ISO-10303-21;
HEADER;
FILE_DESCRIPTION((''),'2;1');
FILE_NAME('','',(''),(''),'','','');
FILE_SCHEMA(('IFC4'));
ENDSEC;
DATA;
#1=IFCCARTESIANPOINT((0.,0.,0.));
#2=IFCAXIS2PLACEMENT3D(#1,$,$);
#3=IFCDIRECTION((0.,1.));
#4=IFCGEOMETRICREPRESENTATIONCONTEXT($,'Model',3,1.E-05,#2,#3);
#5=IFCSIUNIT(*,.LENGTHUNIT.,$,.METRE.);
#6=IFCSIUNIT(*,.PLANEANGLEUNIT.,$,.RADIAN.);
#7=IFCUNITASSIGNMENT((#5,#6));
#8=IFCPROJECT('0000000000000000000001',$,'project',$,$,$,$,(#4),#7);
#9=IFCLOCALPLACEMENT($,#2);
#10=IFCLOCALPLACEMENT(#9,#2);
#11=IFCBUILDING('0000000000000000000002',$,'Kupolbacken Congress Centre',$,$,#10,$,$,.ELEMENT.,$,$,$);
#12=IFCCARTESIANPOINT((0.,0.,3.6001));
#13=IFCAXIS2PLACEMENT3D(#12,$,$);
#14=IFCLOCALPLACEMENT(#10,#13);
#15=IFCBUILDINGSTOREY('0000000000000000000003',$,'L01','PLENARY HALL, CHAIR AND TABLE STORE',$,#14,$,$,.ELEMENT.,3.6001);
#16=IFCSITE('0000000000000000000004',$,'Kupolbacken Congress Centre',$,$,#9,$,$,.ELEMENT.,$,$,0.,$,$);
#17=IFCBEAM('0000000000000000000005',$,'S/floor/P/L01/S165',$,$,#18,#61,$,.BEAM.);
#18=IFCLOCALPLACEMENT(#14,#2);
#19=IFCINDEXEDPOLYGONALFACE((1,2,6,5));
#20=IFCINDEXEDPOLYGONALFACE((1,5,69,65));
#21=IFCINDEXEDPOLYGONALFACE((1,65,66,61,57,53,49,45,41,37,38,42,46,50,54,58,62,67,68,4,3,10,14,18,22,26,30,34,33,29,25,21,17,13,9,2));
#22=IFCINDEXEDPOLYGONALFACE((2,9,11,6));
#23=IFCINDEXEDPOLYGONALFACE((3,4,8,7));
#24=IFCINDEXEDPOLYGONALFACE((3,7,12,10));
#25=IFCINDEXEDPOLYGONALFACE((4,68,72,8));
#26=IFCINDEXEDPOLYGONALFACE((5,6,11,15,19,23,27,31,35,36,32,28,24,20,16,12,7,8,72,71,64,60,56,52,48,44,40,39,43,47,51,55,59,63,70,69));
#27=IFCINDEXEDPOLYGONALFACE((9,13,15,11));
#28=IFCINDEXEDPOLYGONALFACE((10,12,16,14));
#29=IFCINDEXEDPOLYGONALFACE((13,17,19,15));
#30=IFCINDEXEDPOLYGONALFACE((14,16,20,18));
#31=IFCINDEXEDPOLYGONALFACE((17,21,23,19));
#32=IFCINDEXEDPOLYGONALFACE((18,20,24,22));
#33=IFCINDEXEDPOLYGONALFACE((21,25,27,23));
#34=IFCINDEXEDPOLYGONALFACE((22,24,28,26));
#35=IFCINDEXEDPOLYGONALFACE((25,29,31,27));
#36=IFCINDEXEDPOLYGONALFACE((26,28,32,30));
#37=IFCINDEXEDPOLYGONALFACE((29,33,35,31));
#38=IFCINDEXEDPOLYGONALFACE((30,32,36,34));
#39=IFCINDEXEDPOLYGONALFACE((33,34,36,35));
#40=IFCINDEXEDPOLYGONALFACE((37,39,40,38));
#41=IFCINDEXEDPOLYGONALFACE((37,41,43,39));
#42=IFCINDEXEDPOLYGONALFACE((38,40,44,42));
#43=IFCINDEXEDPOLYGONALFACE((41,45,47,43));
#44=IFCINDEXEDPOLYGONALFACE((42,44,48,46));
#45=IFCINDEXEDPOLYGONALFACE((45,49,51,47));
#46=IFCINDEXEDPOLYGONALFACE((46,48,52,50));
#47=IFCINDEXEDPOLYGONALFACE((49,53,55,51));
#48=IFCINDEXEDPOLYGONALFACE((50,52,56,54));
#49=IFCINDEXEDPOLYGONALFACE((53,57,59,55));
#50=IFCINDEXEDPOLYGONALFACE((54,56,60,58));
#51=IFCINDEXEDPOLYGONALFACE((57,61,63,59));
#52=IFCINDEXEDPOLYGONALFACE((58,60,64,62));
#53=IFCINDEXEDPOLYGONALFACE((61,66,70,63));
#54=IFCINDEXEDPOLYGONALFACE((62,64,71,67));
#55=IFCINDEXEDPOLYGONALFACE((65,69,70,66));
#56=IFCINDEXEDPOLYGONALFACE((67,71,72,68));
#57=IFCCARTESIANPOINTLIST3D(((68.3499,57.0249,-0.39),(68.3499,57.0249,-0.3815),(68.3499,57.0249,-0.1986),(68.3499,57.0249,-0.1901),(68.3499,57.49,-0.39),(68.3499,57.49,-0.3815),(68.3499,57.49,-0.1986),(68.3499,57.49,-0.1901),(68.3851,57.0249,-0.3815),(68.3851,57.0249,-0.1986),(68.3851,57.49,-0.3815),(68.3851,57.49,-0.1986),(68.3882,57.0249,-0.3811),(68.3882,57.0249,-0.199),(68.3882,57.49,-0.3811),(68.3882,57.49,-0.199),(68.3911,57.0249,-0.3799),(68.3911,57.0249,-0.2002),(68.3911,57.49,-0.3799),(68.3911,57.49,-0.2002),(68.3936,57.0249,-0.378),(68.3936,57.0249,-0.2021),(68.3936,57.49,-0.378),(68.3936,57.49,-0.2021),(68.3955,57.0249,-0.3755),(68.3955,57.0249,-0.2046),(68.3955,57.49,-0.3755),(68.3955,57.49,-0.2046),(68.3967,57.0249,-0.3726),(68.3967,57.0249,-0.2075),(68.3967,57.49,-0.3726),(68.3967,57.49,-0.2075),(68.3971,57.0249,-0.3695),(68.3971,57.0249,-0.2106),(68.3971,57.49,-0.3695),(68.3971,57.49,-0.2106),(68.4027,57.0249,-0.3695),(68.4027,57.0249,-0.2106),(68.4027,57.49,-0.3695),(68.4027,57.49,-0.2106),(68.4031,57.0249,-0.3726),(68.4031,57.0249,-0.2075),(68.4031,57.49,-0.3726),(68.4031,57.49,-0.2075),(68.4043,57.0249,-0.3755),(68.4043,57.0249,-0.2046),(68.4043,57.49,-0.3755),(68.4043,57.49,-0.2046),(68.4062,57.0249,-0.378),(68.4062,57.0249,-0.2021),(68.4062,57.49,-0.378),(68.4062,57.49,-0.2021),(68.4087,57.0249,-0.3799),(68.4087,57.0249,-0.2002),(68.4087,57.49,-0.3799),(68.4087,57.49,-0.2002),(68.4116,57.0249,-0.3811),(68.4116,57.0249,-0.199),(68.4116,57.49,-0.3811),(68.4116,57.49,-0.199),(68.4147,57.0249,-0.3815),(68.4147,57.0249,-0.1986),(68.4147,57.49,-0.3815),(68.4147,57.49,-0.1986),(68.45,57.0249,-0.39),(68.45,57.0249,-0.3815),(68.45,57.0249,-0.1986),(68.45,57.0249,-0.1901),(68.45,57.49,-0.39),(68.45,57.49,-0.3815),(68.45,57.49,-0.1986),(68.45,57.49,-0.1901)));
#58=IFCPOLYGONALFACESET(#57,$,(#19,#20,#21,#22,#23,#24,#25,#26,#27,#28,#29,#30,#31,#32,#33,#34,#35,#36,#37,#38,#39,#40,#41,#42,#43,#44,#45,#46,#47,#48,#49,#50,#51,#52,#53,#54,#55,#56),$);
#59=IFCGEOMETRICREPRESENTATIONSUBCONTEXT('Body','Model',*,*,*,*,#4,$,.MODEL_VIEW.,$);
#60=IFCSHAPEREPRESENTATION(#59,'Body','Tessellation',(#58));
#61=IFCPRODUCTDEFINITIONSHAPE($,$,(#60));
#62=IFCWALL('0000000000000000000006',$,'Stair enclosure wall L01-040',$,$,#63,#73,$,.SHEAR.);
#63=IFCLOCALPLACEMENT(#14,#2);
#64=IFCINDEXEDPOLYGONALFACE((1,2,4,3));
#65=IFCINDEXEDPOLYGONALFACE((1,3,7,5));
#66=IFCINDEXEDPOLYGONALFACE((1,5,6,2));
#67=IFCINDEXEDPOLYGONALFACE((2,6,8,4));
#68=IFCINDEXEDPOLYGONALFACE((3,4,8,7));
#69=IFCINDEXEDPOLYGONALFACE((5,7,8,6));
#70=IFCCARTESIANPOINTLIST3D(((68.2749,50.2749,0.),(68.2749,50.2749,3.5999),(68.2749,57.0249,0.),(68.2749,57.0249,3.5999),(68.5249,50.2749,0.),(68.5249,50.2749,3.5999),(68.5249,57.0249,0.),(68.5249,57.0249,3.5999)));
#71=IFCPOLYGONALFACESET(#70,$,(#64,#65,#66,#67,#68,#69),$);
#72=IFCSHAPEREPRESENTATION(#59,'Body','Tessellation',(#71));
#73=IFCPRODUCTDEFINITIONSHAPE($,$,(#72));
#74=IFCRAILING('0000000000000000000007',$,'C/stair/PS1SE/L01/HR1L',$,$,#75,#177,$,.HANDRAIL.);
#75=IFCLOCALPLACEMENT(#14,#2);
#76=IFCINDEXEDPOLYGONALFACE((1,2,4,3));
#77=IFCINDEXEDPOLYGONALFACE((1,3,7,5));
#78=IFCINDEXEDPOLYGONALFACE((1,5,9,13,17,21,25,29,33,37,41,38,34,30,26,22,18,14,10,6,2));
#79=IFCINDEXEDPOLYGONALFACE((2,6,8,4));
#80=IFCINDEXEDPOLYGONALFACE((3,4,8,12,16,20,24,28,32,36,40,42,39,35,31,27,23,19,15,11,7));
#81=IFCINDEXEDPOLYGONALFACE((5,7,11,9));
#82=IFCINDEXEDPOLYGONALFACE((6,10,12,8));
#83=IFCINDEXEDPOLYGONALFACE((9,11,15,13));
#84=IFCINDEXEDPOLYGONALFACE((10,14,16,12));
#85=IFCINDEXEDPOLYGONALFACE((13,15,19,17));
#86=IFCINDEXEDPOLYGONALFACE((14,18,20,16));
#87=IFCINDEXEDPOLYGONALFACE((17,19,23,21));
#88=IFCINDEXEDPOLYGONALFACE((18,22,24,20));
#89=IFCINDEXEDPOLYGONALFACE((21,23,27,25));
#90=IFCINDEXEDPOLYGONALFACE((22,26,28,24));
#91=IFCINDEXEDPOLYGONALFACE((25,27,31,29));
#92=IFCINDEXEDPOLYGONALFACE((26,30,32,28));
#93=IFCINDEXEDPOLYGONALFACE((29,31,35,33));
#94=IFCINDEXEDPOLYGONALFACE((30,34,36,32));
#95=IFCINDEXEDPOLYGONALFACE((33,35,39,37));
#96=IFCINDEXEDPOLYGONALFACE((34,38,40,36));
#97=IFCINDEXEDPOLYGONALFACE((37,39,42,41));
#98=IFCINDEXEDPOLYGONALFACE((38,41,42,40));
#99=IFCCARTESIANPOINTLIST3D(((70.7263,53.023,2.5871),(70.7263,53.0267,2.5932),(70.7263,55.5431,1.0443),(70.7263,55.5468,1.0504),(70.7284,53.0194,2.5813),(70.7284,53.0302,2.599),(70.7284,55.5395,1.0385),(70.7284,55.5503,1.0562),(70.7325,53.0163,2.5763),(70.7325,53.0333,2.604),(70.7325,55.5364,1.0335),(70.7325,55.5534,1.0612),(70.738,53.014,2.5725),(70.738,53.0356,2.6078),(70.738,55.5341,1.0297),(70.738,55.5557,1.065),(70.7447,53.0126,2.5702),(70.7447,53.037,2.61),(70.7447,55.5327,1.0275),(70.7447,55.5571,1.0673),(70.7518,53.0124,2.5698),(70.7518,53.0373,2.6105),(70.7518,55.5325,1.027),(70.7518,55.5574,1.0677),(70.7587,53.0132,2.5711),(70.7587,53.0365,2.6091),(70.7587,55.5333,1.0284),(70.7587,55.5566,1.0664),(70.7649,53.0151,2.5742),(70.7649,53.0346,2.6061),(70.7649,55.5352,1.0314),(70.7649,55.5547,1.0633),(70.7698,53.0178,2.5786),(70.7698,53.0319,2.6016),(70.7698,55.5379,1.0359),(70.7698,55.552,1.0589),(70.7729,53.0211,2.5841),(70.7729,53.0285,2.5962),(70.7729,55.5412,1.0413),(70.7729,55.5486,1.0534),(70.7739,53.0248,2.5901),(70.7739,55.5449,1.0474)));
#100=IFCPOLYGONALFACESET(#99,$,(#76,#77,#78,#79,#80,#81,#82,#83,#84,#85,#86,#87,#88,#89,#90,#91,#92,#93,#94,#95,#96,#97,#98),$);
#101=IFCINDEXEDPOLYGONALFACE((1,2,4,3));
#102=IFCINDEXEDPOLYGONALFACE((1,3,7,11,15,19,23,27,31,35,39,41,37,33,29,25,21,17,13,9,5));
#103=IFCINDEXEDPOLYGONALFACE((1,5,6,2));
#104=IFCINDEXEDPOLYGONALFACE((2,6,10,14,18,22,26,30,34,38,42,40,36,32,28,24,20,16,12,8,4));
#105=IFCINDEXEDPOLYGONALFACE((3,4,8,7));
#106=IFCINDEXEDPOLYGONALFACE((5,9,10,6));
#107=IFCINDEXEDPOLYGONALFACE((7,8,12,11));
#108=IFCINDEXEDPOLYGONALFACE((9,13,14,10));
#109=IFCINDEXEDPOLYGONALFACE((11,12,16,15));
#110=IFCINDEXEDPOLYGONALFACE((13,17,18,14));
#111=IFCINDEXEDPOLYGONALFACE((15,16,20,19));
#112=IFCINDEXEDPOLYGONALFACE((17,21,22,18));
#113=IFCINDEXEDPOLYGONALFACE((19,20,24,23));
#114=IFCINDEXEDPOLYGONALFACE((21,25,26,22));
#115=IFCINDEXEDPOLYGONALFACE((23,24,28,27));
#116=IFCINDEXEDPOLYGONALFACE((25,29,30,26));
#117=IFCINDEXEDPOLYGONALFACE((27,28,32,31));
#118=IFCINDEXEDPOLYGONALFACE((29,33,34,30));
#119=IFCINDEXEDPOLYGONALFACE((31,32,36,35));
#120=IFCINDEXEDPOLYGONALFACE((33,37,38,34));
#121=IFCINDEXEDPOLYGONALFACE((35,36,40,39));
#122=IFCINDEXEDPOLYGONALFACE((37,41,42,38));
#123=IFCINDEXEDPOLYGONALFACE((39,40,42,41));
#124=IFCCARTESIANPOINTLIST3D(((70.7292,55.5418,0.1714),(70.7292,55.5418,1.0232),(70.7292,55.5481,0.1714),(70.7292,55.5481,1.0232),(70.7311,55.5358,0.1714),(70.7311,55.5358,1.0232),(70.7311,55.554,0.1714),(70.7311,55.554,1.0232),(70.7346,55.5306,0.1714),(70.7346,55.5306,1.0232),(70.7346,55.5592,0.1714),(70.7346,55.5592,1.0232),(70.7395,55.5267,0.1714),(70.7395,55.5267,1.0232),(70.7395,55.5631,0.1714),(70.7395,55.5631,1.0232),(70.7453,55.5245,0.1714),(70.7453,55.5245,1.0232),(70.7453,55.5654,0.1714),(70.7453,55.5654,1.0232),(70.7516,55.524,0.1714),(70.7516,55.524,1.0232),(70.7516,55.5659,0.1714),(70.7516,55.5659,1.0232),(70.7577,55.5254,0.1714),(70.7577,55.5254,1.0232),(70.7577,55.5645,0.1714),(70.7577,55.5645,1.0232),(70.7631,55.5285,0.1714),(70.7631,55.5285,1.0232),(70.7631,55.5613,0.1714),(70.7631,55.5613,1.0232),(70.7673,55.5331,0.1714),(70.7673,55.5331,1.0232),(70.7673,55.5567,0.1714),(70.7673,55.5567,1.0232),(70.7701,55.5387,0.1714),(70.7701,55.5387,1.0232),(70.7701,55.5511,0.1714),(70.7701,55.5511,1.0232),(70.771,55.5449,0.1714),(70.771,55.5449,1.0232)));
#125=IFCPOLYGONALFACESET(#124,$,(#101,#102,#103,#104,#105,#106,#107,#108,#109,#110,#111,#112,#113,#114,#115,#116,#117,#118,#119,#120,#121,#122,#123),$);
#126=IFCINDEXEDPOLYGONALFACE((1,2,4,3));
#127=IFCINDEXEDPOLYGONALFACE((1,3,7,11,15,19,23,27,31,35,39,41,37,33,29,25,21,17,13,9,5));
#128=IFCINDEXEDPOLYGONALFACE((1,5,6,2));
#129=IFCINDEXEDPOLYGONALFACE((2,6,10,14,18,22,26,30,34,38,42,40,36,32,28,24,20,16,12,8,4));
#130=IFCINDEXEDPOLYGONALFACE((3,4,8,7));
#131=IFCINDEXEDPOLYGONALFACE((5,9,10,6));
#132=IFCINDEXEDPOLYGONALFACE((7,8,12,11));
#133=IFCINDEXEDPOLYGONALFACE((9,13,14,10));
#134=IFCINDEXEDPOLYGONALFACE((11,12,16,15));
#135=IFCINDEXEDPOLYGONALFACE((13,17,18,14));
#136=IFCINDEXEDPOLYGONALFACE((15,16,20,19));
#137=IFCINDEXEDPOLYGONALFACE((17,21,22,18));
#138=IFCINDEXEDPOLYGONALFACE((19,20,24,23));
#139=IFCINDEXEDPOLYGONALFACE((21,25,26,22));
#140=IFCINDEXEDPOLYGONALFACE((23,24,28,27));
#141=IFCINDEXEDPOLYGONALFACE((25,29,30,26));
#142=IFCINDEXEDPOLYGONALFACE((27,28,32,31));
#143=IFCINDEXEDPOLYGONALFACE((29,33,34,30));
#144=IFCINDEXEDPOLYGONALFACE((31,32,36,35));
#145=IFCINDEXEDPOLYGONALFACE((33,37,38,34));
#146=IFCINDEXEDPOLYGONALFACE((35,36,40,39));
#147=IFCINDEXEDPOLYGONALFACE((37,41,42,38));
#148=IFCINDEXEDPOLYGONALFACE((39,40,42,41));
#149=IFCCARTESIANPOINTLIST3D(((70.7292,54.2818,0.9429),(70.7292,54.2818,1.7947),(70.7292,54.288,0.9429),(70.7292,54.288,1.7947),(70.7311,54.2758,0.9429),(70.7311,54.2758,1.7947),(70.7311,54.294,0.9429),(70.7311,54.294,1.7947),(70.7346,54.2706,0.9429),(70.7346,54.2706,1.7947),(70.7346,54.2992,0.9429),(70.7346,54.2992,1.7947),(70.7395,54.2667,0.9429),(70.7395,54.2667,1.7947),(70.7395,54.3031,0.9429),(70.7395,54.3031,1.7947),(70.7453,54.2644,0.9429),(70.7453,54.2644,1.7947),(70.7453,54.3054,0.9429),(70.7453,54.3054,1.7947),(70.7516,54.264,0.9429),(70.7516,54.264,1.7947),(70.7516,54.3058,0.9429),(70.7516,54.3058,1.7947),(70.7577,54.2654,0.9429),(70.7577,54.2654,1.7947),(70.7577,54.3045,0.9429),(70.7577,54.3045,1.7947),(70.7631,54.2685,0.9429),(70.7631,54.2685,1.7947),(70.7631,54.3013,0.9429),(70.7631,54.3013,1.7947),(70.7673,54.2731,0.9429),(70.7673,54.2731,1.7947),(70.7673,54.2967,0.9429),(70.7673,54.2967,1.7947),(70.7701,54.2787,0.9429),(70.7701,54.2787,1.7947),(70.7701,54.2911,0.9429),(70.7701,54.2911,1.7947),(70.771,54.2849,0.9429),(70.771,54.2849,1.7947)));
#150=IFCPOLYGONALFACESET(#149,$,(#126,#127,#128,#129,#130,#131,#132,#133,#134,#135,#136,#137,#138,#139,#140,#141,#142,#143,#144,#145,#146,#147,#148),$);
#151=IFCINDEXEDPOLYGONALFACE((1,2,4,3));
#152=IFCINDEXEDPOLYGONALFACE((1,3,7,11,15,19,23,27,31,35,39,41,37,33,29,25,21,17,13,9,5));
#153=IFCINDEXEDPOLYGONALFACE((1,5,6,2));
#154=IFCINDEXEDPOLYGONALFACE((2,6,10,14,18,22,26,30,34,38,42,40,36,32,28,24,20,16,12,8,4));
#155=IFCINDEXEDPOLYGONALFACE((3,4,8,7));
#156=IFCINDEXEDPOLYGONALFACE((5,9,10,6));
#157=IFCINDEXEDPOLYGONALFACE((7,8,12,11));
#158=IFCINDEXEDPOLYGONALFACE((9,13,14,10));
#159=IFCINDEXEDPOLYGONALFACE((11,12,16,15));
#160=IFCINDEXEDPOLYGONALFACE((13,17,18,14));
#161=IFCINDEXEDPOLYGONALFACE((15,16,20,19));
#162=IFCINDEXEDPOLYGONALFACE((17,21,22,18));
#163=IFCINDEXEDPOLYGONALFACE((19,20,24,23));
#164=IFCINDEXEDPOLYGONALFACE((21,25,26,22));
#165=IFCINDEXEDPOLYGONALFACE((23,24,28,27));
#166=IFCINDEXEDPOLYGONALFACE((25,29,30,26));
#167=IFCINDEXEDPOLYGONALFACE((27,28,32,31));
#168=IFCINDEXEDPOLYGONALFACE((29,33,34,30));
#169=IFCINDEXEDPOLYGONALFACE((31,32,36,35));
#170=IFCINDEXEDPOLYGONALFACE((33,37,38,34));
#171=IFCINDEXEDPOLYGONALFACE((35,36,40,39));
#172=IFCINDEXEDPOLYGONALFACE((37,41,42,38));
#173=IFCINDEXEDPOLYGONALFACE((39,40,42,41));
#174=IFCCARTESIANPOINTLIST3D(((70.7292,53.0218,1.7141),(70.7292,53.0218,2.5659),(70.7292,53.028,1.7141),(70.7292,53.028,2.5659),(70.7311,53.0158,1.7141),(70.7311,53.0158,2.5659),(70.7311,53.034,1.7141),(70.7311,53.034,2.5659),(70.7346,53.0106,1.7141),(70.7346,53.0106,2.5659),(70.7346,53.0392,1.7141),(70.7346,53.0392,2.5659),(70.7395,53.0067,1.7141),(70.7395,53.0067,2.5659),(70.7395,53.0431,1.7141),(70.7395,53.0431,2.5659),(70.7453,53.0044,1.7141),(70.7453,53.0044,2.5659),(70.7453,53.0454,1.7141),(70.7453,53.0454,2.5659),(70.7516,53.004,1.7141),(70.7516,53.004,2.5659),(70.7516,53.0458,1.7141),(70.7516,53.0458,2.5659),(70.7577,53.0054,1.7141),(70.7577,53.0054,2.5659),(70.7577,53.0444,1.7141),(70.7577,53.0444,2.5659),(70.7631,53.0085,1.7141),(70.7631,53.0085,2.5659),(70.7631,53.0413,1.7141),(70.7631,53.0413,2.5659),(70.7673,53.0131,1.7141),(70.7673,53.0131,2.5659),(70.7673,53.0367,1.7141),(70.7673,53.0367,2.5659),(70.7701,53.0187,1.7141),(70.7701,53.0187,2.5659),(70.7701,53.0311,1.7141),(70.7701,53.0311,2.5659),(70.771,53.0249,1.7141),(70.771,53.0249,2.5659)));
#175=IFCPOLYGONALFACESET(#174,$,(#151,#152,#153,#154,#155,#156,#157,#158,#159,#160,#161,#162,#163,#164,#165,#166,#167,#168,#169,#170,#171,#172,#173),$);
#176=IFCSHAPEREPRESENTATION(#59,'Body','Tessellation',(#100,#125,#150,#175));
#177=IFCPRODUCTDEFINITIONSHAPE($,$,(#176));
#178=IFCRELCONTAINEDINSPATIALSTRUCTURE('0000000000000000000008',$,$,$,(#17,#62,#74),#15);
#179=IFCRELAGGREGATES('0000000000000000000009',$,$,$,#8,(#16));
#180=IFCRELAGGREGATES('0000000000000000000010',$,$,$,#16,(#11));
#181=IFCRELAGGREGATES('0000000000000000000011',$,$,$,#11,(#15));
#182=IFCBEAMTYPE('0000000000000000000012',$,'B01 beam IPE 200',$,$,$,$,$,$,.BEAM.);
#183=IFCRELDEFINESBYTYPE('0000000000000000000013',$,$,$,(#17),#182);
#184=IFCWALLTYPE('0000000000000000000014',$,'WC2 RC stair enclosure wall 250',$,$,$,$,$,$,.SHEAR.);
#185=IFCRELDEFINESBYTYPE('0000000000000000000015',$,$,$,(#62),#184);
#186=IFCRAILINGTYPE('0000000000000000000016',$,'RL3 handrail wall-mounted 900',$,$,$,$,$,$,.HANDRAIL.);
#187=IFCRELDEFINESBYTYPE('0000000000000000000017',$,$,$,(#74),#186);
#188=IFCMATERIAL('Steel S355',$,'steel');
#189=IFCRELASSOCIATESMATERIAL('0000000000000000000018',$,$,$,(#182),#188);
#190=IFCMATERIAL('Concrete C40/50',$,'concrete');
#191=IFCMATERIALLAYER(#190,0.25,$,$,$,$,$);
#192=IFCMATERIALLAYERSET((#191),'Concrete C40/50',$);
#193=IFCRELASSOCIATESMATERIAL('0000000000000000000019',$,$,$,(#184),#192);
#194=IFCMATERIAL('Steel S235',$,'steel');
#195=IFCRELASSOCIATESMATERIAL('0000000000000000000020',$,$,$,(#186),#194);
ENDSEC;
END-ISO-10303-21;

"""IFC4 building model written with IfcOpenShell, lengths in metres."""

from ifc_helpers import new_model, si_unit, direction, frame, frame_2d, origin, origin_2d, place, context, subcontext, project, spatial, rectangle, circle, i_section, extrude, material, layer, layer_set, material_profile, profile_set, type_object, element, save


model = new_model("IFC4")

# Units and contexts
model_context = context("Model", 3, precision=1e-05, world=origin(), true_north=direction((0.0, 1.0)))
body_context = subcontext(model_context, "Body", "Model", "MODEL_VIEW")
ifc_project = project(units=[si_unit("LENGTHUNIT", "METRE"), si_unit("PLANEANGLEUNIT", "RADIAN")], contexts=[model_context])

# Site, building, storey
site_placement = place(None, origin())
site = spatial("IfcSite", under=ifc_project, at=site_placement, Name="Kupolbacken Congress Centre", CompositionType="ELEMENT", RefElevation=0.0)
building_placement = place(site_placement, origin())
building = spatial("IfcBuilding", under=site, at=building_placement, Name="Kupolbacken Congress Centre", CompositionType="ELEMENT")
storey_placement = place(building_placement, frame((0.0, 0.0, 3.6001)))
storey = spatial("IfcBuildingStorey", under=building, at=storey_placement, Name="L01", Description="PLENARY HALL, CHAIR AND TABLE STORE", CompositionType="ELEMENT", Elevation=3.6001)

# Beam
ifc_material_1 = material(Name="Steel S355", Category="steel")
ifc_material_profile = material_profile(ifc_material_1, i_section(OverallWidth=0.1001, OverallDepth=0.2, WebThickness=0.0056, FlangeThickness=0.0085, FilletRadius=0.012, at=origin_2d()), Name="IPE 200")
ifc_profile_set = profile_set([ifc_material_profile], Name="Steel S355")
beam_type = type_object("IfcBeamType", Name="B01 beam IPE 200", PredefinedType="BEAM", material=ifc_profile_set)
beam_placement = place(storey_placement, frame((68.3999, 57.0249, -0.29), z_axis=(0.0, 1.0, 0.0), x_axis=(-1.0, 0.0, 0.0)))
element("IfcBeam", 1, at=beam_placement, inside=storey, type_object=beam_type, Name="S/floor/P/L01/S165", PredefinedType="BEAM", context=body_context, shape_type="SweptSolid", body=[
    extrude(i_section(OverallWidth=0.1001, OverallDepth=0.2, WebThickness=0.0056, FlangeThickness=0.0085, FilletRadius=0.012, at=origin_2d()), origin(), (0.0, 0.0, 1.0), 0.4651),
])

# Shared definitions
ifc_material_2 = material(Name="Concrete C40/50", Category="concrete")
ifc_layer = layer(ifc_material_2, 0.25)
ifc_layer_set = layer_set([ifc_layer], Name="Concrete C40/50")
wall_type = type_object("IfcWallType", Name="WC2 RC stair enclosure wall 250", PredefinedType="SHEAR", material=ifc_layer_set)

# Wall
wall_1_placement = place(storey_placement, frame((68.3999, 57.0249, 0.0), z_axis=(0.0, 0.0, 1.0), x_axis=(0.0, -1.0, 0.0)))
element("IfcWall", 2, at=wall_1_placement, inside=storey, type_object=wall_type, Name="Stair enclosure wall L01-040", PredefinedType="SHEAR", context=body_context, shape_type="SweptSolid", body=[
    extrude(rectangle(XDim=6.75, YDim=0.25, at=frame_2d((3.375, 0.0))), origin(), (0.0, 0.0, 1.0), 3.5999),
])

# Railing
ifc_material_3 = material(Name="Steel S235", Category="steel")
railing_type = type_object("IfcRailingType", Name="RL3 handrail wall-mounted 900", PredefinedType="HANDRAIL", material=ifc_material_3)
for number, where, name in (
    (3, (70.75, 55.5449, 0.1714), "C/stair/PS1SE/L01/HR1L"),
):
    element("IfcRailing", number, at=place(storey_placement, frame(where)), inside=storey, type_object=railing_type, Name=name, PredefinedType="HANDRAIL", context=body_context, shape_type="SweptSolid", body=[
        extrude(circle(Radius=0.0239, at=origin_2d()), frame((0.0, 0.0, 0.876), z_axis=(0.0, -0.852873, 0.522118), x_axis=(1.0, 0.0, 0.0)), (0.0, 0.0, 1.0), 2.9548),
        extrude(circle(Radius=0.021, at=origin_2d()), origin(), (0.0, 0.0, 1.0), 0.8518),
        extrude(circle(Radius=0.021, at=origin_2d()), frame((0.0, -1.26, 0.7715)), (0.0, 0.0, 1.0), 0.8518),
        extrude(circle(Radius=0.021, at=origin_2d()), frame((0.0, -2.52, 1.5427)), (0.0, 0.0, 1.0), 0.8518),
    ])

save(model, "model.ifc")
